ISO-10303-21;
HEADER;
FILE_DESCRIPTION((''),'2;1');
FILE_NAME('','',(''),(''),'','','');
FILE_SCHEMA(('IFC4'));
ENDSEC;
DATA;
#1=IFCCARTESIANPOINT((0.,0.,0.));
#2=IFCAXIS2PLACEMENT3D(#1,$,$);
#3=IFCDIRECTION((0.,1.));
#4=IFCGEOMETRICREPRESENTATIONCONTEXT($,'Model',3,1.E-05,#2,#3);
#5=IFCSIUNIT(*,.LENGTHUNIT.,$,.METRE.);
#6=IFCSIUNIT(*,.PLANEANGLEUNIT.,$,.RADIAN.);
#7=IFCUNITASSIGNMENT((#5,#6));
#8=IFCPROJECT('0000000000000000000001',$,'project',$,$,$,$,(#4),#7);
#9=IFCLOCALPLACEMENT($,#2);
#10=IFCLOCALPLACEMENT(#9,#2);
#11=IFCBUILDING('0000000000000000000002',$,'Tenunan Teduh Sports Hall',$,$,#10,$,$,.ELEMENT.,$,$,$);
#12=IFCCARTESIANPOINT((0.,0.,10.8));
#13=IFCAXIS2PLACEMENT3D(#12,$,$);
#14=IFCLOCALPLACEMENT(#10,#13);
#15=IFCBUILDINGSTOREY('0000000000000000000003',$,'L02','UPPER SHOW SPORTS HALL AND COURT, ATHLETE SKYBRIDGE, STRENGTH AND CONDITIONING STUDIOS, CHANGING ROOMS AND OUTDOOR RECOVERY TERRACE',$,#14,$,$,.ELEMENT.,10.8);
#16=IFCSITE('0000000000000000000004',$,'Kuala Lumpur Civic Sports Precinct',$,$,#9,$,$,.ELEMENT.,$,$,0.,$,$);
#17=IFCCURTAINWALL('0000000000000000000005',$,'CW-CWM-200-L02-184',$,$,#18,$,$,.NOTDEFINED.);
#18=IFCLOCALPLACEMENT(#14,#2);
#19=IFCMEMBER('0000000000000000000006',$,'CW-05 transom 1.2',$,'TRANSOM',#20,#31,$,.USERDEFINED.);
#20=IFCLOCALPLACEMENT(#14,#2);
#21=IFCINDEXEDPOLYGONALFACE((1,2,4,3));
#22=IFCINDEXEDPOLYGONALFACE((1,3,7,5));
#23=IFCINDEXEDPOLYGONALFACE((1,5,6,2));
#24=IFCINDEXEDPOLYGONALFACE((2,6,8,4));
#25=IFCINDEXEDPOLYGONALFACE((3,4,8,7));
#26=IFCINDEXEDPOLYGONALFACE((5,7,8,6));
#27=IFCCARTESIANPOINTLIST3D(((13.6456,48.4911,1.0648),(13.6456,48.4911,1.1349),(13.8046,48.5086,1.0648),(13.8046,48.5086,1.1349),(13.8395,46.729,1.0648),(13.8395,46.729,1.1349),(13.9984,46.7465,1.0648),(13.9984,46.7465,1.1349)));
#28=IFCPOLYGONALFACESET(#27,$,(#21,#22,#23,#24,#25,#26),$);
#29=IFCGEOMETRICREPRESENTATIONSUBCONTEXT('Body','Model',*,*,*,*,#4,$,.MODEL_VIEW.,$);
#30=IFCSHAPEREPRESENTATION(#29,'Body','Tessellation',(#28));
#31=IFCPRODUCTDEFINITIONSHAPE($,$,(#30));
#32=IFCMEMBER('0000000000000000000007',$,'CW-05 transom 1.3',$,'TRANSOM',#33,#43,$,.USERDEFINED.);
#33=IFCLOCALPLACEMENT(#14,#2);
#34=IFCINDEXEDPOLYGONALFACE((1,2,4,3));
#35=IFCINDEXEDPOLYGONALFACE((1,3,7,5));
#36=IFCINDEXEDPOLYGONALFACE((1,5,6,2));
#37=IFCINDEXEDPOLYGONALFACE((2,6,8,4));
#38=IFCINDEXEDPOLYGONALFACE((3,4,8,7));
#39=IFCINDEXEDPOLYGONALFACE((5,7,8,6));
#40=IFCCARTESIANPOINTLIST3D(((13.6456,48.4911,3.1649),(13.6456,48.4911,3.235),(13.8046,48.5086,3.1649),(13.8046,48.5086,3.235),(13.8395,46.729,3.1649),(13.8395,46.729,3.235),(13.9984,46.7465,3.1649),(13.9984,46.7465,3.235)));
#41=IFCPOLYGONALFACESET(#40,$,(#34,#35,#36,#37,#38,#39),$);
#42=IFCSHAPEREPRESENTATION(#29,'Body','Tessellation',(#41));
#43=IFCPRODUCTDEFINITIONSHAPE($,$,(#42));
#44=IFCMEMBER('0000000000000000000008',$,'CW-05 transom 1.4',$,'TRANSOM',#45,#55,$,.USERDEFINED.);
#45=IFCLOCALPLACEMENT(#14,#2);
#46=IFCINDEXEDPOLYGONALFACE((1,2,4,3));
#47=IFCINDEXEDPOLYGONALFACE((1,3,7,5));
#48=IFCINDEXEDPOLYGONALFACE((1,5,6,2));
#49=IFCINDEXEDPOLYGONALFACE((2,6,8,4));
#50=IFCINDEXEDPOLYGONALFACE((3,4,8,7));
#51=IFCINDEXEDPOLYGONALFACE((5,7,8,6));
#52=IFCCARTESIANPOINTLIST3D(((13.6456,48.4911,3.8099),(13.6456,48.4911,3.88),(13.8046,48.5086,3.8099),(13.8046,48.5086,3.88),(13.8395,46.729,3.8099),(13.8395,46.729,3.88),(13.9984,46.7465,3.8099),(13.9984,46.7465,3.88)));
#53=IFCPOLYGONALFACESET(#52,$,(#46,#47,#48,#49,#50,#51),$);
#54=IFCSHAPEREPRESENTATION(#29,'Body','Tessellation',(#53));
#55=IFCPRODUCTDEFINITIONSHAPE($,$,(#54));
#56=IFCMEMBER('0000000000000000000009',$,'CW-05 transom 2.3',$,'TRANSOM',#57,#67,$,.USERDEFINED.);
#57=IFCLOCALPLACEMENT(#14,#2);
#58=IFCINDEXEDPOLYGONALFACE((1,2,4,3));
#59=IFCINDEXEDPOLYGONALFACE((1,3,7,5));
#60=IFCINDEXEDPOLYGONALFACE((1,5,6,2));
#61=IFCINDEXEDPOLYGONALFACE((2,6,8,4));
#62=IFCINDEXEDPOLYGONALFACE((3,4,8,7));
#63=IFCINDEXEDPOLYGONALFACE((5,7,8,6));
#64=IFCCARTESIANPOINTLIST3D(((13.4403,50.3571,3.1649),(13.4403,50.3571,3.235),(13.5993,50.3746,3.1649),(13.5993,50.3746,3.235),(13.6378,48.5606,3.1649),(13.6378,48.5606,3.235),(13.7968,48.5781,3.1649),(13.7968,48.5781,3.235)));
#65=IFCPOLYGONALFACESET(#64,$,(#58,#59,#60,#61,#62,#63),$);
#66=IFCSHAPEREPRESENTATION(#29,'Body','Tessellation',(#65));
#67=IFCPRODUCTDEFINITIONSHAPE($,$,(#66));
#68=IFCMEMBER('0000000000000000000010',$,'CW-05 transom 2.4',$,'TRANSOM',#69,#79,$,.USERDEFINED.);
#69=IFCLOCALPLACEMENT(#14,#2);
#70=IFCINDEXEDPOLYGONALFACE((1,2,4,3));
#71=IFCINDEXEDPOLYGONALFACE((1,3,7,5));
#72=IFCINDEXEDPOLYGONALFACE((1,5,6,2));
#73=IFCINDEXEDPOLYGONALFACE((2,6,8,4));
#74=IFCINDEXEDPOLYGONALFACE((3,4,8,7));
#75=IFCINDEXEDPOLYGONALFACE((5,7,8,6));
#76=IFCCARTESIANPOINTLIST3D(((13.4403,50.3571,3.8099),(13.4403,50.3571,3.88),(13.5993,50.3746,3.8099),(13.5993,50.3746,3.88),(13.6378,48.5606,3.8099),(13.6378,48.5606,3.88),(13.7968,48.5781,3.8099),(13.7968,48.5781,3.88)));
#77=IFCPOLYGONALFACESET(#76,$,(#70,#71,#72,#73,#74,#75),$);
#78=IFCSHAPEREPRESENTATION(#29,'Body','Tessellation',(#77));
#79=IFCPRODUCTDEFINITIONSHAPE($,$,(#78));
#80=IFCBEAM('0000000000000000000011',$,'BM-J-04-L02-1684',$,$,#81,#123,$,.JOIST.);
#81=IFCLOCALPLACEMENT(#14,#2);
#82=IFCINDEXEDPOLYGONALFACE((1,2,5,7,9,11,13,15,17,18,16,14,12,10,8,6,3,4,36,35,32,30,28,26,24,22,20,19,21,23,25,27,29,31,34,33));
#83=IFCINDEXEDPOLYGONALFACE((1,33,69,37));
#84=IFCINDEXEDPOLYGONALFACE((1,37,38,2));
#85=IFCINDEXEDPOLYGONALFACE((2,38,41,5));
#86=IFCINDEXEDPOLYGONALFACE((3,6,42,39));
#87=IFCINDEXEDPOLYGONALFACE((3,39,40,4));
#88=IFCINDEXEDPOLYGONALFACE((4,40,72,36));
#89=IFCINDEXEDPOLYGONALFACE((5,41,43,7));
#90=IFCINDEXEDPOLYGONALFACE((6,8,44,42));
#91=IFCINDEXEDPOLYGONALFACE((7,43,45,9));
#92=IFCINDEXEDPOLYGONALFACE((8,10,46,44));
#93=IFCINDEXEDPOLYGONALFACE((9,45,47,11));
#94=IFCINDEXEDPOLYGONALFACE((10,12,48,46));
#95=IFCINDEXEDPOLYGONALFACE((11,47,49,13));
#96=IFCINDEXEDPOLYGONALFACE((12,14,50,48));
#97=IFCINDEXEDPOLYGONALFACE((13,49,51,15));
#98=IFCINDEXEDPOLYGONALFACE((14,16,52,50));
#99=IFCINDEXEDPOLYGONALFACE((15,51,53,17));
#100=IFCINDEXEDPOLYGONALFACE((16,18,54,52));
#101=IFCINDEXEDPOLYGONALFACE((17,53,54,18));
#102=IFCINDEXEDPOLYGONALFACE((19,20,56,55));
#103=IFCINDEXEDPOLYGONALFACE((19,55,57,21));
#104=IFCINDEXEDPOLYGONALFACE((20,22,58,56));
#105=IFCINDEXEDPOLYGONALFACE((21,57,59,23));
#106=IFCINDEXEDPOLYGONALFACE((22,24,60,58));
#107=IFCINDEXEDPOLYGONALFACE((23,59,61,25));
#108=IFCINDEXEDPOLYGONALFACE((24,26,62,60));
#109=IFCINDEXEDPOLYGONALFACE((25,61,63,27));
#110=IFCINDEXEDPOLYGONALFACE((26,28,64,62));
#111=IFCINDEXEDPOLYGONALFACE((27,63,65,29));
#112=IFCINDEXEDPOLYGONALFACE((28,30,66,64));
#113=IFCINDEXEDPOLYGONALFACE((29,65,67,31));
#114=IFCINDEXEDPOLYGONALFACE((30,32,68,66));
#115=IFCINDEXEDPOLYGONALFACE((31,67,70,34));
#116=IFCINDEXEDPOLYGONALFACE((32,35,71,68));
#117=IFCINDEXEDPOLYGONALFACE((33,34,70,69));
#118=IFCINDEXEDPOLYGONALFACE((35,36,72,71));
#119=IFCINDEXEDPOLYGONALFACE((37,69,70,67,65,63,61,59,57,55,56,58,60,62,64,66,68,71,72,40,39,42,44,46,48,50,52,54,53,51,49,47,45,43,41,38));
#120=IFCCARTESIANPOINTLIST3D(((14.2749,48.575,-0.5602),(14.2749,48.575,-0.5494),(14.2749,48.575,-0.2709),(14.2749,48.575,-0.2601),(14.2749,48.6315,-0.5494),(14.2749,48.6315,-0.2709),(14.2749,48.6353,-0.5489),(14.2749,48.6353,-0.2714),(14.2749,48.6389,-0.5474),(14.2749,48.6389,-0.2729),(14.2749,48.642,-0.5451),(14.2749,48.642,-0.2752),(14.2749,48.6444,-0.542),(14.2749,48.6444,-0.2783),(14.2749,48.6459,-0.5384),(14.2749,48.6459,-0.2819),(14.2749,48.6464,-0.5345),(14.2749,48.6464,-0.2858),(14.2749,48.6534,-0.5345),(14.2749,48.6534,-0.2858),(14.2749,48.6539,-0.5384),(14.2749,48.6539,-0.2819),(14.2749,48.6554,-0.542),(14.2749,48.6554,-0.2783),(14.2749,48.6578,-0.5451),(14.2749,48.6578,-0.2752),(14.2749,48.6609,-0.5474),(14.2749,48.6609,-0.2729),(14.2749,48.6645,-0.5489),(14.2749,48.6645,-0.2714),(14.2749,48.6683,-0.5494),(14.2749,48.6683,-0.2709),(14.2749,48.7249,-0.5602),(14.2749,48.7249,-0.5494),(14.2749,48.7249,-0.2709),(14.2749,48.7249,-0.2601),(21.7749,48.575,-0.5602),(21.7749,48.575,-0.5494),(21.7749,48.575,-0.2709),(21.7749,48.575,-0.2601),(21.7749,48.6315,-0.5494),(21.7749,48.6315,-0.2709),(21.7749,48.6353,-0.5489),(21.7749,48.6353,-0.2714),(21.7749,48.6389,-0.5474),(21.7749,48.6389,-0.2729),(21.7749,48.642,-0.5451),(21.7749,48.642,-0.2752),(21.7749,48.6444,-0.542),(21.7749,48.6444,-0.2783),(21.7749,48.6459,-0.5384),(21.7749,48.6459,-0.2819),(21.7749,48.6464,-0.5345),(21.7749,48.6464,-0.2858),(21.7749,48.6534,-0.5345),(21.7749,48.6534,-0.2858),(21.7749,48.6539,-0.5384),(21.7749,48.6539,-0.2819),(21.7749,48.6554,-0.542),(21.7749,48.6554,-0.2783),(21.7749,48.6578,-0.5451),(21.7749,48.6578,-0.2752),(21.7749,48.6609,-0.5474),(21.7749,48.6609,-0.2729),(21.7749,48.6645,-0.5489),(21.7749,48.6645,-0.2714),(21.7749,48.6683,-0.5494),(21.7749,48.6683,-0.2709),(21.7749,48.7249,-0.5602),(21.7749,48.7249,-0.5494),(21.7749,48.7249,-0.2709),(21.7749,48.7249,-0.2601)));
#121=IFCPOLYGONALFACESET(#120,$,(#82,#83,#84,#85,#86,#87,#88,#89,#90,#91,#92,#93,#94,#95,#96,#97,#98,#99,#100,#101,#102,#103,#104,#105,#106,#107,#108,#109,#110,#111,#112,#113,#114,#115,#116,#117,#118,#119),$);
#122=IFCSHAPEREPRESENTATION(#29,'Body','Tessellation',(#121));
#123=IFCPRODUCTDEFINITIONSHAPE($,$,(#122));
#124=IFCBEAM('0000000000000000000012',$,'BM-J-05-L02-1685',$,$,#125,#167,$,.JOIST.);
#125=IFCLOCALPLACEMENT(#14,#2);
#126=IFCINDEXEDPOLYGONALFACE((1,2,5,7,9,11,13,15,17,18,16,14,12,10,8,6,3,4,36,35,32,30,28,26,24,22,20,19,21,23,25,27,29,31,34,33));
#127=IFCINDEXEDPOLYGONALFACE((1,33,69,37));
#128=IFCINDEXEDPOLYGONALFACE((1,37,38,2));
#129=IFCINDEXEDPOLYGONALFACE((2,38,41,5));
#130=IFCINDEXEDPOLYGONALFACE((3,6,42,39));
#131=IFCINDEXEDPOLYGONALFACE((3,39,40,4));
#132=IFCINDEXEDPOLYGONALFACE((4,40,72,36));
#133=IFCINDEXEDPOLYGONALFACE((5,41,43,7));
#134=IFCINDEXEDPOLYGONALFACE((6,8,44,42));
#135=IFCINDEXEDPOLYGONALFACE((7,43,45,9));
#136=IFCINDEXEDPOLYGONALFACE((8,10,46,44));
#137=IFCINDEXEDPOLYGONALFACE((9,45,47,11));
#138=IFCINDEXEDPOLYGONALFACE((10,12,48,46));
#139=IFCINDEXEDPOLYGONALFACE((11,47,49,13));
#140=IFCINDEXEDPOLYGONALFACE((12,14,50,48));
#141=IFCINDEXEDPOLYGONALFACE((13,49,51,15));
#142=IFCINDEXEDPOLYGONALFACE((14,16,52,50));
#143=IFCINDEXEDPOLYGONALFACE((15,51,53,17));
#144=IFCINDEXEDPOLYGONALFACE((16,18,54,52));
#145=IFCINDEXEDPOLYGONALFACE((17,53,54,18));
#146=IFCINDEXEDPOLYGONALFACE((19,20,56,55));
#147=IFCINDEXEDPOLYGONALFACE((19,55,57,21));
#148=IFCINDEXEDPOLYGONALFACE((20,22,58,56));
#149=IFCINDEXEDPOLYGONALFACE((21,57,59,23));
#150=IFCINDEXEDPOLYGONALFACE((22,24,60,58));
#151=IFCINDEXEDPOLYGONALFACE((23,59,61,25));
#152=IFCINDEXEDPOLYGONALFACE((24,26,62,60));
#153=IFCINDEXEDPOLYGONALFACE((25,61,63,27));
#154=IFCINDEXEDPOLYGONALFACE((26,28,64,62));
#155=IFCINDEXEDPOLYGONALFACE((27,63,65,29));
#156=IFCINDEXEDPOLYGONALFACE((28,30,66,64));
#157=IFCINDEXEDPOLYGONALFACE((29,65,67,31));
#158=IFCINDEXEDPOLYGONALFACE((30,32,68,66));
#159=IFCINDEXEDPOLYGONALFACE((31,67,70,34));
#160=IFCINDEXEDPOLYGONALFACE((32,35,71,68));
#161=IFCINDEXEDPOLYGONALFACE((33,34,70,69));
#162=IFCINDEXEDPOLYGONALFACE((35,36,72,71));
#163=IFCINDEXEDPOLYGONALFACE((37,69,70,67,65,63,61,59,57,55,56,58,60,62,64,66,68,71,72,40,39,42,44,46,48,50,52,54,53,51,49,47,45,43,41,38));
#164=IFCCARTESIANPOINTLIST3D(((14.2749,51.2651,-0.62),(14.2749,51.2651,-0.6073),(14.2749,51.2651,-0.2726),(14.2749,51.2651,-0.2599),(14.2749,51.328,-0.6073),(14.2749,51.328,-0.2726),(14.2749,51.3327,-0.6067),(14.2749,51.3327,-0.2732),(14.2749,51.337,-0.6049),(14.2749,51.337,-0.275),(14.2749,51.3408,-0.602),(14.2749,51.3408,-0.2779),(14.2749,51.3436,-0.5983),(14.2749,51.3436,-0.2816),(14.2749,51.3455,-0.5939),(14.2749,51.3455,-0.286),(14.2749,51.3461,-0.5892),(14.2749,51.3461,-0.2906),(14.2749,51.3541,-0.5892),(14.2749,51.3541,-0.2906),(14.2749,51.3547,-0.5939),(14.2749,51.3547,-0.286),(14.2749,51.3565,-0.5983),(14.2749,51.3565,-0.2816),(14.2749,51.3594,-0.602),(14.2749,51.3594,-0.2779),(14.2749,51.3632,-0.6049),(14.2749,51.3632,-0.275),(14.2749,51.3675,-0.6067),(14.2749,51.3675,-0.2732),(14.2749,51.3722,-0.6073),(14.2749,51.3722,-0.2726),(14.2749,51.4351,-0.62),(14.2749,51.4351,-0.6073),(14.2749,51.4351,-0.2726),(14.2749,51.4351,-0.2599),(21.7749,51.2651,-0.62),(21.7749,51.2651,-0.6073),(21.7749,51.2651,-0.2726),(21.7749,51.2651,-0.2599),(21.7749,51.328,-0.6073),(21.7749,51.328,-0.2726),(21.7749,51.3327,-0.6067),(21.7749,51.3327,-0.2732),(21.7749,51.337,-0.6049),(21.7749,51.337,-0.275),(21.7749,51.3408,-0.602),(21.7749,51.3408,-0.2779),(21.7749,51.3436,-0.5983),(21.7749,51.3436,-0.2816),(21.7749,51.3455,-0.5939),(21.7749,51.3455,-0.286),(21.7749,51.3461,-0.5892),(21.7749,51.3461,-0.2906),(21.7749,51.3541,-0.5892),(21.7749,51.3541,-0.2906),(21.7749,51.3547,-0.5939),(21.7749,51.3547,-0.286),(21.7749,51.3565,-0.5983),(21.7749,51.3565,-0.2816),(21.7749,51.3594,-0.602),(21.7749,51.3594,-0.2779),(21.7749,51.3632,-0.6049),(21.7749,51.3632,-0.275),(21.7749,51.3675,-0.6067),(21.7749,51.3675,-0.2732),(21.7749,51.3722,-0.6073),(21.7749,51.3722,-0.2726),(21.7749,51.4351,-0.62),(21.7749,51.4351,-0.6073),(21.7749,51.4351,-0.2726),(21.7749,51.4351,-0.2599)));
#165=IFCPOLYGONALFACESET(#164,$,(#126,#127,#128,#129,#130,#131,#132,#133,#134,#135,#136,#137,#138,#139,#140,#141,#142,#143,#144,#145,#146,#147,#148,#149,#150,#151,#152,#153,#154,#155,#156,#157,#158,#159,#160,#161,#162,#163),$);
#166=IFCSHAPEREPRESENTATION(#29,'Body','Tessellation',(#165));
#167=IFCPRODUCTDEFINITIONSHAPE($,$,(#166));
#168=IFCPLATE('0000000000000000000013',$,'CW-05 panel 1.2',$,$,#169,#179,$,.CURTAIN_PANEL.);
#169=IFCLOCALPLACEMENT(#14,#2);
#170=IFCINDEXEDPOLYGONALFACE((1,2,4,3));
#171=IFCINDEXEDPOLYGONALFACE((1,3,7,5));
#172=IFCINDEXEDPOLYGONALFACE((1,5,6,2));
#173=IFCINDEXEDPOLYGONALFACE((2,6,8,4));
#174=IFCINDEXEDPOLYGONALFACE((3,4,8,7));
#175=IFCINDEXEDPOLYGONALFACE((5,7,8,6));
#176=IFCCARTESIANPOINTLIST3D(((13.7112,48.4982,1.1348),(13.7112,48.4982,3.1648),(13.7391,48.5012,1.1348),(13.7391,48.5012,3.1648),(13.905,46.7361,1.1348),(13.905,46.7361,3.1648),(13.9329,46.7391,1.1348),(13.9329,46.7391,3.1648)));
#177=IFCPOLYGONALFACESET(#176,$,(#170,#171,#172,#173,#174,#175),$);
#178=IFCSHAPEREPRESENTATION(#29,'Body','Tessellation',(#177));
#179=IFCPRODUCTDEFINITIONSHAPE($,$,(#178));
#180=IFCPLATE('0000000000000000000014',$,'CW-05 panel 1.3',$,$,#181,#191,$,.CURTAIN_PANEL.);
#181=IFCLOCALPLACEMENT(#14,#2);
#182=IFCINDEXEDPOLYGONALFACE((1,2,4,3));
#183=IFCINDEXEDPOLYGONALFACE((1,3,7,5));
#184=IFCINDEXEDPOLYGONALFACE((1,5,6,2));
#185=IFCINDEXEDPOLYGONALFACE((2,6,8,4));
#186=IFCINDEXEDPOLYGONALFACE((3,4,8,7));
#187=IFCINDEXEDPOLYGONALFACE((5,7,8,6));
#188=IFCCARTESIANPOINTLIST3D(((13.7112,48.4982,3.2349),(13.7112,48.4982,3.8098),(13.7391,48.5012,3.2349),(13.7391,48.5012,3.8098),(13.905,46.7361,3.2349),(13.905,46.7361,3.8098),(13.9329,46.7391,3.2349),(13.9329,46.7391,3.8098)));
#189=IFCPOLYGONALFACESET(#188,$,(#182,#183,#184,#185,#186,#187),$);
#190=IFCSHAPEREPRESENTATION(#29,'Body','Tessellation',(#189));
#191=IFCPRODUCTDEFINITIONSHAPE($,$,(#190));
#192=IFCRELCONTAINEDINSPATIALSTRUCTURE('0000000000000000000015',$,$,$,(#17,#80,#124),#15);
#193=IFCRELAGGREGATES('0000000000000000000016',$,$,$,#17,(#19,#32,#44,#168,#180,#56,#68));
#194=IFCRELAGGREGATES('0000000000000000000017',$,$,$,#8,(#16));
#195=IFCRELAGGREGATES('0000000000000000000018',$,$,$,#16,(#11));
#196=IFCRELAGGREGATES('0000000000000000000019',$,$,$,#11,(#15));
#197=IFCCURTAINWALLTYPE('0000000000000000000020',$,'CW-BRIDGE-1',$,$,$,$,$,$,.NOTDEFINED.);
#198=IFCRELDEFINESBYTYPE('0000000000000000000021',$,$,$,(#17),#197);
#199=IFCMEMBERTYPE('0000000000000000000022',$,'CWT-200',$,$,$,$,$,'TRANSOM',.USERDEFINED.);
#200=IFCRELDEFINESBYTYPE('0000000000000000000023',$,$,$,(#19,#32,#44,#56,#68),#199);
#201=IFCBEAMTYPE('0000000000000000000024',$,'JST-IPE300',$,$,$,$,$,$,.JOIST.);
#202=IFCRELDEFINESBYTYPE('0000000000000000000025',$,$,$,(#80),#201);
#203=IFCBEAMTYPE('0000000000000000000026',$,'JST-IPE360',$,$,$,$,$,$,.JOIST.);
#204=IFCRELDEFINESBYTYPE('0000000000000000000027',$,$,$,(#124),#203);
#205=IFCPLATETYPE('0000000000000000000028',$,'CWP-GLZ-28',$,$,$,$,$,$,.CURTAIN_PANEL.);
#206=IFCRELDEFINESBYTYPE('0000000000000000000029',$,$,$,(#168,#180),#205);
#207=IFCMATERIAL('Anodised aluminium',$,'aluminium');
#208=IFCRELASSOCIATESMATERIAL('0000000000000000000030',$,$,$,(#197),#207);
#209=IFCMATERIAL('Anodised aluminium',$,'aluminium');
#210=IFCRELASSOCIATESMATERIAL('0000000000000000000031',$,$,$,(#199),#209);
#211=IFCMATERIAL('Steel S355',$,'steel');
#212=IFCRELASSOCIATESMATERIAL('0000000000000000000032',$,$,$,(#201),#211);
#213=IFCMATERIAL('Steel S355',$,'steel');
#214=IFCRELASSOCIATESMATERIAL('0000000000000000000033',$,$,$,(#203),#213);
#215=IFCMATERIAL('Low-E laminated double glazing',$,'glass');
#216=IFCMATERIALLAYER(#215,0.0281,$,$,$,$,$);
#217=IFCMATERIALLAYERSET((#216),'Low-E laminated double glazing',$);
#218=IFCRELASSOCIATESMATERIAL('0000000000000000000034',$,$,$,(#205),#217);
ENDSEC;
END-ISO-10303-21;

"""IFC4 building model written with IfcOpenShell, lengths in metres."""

from ifc_helpers import new_model, si_unit, direction, frame, origin, origin_2d, place, context, subcontext, project, spatial, rectangle, i_section, extrude, material, layer, layer_set, material_profile, profile_set, type_object, element, aggregate, save


model = new_model("IFC4")

# Units and contexts
model_context = context("Model", 3, precision=1e-05, world=origin(), true_north=direction((0.0, 1.0)))
body_context = subcontext(model_context, "Body", "Model", "MODEL_VIEW")
ifc_project = project(units=[si_unit("LENGTHUNIT", "METRE"), si_unit("PLANEANGLEUNIT", "RADIAN")], contexts=[model_context])

# Site, building, storey
site_placement = place(None, origin())
site = spatial("IfcSite", under=ifc_project, at=site_placement, Name="Kuala Lumpur Civic Sports Precinct", CompositionType="ELEMENT", RefElevation=0.0)
building_placement = place(site_placement, origin())
building = spatial("IfcBuilding", under=site, at=building_placement, Name="Tenunan Teduh Sports Hall", CompositionType="ELEMENT")
storey_placement = place(building_placement, frame((0.0, 0.0, 10.8)))
storey = spatial("IfcBuildingStorey", under=building, at=storey_placement, Name="L02", Description="UPPER SHOW SPORTS HALL AND COURT, ATHLETE SKYBRIDGE, STRENGTH AND CONDITIONING STUDIOS, CHANGING ROOMS AND OUTDOOR RECOVERY TERRACE", CompositionType="ELEMENT", Elevation=10.8)

# Curtain wall, members
ifc_material_1 = material(Name="Anodised aluminium", Category="aluminium")
curtain_wall_type = type_object("IfcCurtainWallType", Name="CW-BRIDGE-1", PredefinedType="NOTDEFINED", material=ifc_material_1)
curtain_wall_placement = place(storey_placement, origin())
curtain_wall = element("IfcCurtainWall", 1, at=curtain_wall_placement, inside=storey, type_object=curtain_wall_type, Name="CW-CWM-200-L02-184", PredefinedType="NOTDEFINED")
ifc_material_2 = material(Name="Anodised aluminium", Category="aluminium")
ifc_material_profile_1 = material_profile(ifc_material_2, rectangle(XDim=0.0701, YDim=0.1599, at=origin_2d()), Name="CWT 70x160")
ifc_profile_set_1 = profile_set([ifc_material_profile_1], Name="Anodised aluminium")
member_type_1 = type_object("IfcMemberType", Name="CWT-200", ElementType="TRANSOM", PredefinedType="USERDEFINED", material=ifc_profile_set_1)
member_1_placement = place(storey_placement, frame((13.9189, 46.7378, 1.0999), z_axis=(-0.109358, 0.994002, 0.0), x_axis=(0.0, 0.0, 1.0)))
member_1 = element("IfcMember", 2, at=member_1_placement, type_object=member_type_1, Name="CW-05 transom 1.2", ObjectType="TRANSOM", PredefinedType="USERDEFINED", context=body_context, shape_type="SweptSolid", body=[
    extrude(rectangle(XDim=0.0701, YDim=0.1599, at=origin_2d()), origin(), (0.0, 0.0, 1.0), 1.7727),
])
member_2_placement = place(storey_placement, frame((13.9189, 46.7378, 3.2), z_axis=(-0.109358, 0.994002, 0.0), x_axis=(0.0, 0.0, 1.0)))
member_2 = element("IfcMember", 3, at=member_2_placement, type_object=member_type_1, Name="CW-05 transom 1.3", ObjectType="TRANSOM", PredefinedType="USERDEFINED", context=body_context, shape_type="SweptSolid", body=[
    extrude(rectangle(XDim=0.0701, YDim=0.1599, at=origin_2d()), origin(), (0.0, 0.0, 1.0), 1.7727),
])
member_3_placement = place(storey_placement, frame((13.9189, 46.7378, 3.845), z_axis=(-0.109358, 0.994002, 0.0), x_axis=(0.0, 0.0, 1.0)))
member_3 = element("IfcMember", 4, at=member_3_placement, type_object=member_type_1, Name="CW-05 transom 1.4", ObjectType="TRANSOM", PredefinedType="USERDEFINED", context=body_context, shape_type="SweptSolid", body=[
    extrude(rectangle(XDim=0.0701, YDim=0.1599, at=origin_2d()), origin(), (0.0, 0.0, 1.0), 1.7727),
])
member_4_placement = place(storey_placement, frame((13.7173, 48.5693, 3.2), z_axis=(-0.109275, 0.994012, 0.0), x_axis=(0.0, 0.0, 1.0)))
member_4 = element("IfcMember", 5, at=member_4_placement, type_object=member_type_1, Name="CW-05 transom 2.3", ObjectType="TRANSOM", PredefinedType="USERDEFINED", context=body_context, shape_type="SweptSolid", body=[
    extrude(rectangle(XDim=0.0701, YDim=0.1599, at=origin_2d()), origin(), (0.0, 0.0, 1.0), 1.8074),
])
member_5_placement = place(storey_placement, frame((13.7173, 48.5693, 3.845), z_axis=(-0.109275, 0.994012, 0.0), x_axis=(0.0, 0.0, 1.0)))
member_5 = element("IfcMember", 6, at=member_5_placement, type_object=member_type_1, Name="CW-05 transom 2.4", ObjectType="TRANSOM", PredefinedType="USERDEFINED", context=body_context, shape_type="SweptSolid", body=[
    extrude(rectangle(XDim=0.0701, YDim=0.1599, at=origin_2d()), origin(), (0.0, 0.0, 1.0), 1.8074),
])

# Beams
ifc_material_3 = material(Name="Steel S355", Category="steel")
ifc_material_profile_2 = material_profile(ifc_material_3, i_section(OverallWidth=0.1499, OverallDepth=0.3, WebThickness=0.0071, FlangeThickness=0.0107, FilletRadius=0.0149, at=origin_2d()), Name="IPE 300")
ifc_profile_set_2 = profile_set([ifc_material_profile_2], Name="Steel S355")
beam_type_1 = type_object("IfcBeamType", Name="JST-IPE300", PredefinedType="JOIST", material=ifc_profile_set_2)
beam_1_placement = place(storey_placement, frame((14.2749, 48.6499, -0.4102), z_axis=(1.0, 0.0, 0.0), x_axis=(0.0, 1.0, 0.0)))
element("IfcBeam", 7, at=beam_1_placement, inside=storey, type_object=beam_type_1, Name="BM-J-04-L02-1684", PredefinedType="JOIST", context=body_context, shape_type="SweptSolid", body=[
    extrude(i_section(OverallWidth=0.1499, OverallDepth=0.3, WebThickness=0.0071, FlangeThickness=0.0107, FilletRadius=0.0149, at=origin_2d()), origin(), (0.0, 0.0, 1.0), 7.5),
])
ifc_material_4 = material(Name="Steel S355", Category="steel")
ifc_material_profile_3 = material_profile(ifc_material_4, i_section(OverallWidth=0.1699, OverallDepth=0.3601, WebThickness=0.0081, FlangeThickness=0.0127, FilletRadius=0.0181, at=origin_2d()), Name="IPE 360")
ifc_profile_set_3 = profile_set([ifc_material_profile_3], Name="Steel S355")
beam_type_2 = type_object("IfcBeamType", Name="JST-IPE360", PredefinedType="JOIST", material=ifc_profile_set_3)
beam_2_placement = place(storey_placement, frame((14.2749, 51.3501, -0.4399), z_axis=(1.0, 0.0, 0.0), x_axis=(0.0, 1.0, 0.0)))
element("IfcBeam", 8, at=beam_2_placement, inside=storey, type_object=beam_type_2, Name="BM-J-05-L02-1685", PredefinedType="JOIST", context=body_context, shape_type="SweptSolid", body=[
    extrude(i_section(OverallWidth=0.1699, OverallDepth=0.3601, WebThickness=0.0081, FlangeThickness=0.0127, FilletRadius=0.0181, at=origin_2d()), origin(), (0.0, 0.0, 1.0), 7.5),
])

# Plates
ifc_material_5 = material(Name="Low-E laminated double glazing", Category="glass")
ifc_layer_1 = layer(ifc_material_5, 0.0281)
ifc_layer_set_1 = layer_set([ifc_layer_1], Name="Low-E laminated double glazing")
plate_type_1 = type_object("IfcPlateType", Name="CWP-GLZ-28", PredefinedType="CURTAIN_PANEL", material=ifc_layer_set_1)
plate_1_placement = place(storey_placement, frame((13.822, 47.6187, 1.1348), z_axis=(0.0, 0.0, 1.0), x_axis=(-0.10934, 0.994004, 0.0)))
plate_1 = element("IfcPlate", 9, at=plate_1_placement, type_object=plate_type_1, Name="CW-05 panel 1.2", PredefinedType="CURTAIN_PANEL", context=body_context, shape_type="SweptSolid", body=[
    extrude(rectangle(XDim=1.7727, YDim=0.0281, at=origin_2d()), origin(), (0.0, 0.0, 1.0), 2.03),
])
plate_2_placement = place(storey_placement, frame((13.822, 47.6187, 3.2349), z_axis=(0.0, 0.0, 1.0), x_axis=(-0.10934, 0.994004, 0.0)))
plate_2 = element("IfcPlate", 10, at=plate_2_placement, type_object=plate_type_1, Name="CW-05 panel 1.3", PredefinedType="CURTAIN_PANEL", context=body_context, shape_type="SweptSolid", body=[
    extrude(rectangle(XDim=1.7727, YDim=0.0281, at=origin_2d()), origin(), (0.0, 0.0, 1.0), 0.575),
])
aggregate(curtain_wall, [member_1, member_2, member_3, plate_1, plate_2, member_4, member_5])

save(model, "model.ifc")
